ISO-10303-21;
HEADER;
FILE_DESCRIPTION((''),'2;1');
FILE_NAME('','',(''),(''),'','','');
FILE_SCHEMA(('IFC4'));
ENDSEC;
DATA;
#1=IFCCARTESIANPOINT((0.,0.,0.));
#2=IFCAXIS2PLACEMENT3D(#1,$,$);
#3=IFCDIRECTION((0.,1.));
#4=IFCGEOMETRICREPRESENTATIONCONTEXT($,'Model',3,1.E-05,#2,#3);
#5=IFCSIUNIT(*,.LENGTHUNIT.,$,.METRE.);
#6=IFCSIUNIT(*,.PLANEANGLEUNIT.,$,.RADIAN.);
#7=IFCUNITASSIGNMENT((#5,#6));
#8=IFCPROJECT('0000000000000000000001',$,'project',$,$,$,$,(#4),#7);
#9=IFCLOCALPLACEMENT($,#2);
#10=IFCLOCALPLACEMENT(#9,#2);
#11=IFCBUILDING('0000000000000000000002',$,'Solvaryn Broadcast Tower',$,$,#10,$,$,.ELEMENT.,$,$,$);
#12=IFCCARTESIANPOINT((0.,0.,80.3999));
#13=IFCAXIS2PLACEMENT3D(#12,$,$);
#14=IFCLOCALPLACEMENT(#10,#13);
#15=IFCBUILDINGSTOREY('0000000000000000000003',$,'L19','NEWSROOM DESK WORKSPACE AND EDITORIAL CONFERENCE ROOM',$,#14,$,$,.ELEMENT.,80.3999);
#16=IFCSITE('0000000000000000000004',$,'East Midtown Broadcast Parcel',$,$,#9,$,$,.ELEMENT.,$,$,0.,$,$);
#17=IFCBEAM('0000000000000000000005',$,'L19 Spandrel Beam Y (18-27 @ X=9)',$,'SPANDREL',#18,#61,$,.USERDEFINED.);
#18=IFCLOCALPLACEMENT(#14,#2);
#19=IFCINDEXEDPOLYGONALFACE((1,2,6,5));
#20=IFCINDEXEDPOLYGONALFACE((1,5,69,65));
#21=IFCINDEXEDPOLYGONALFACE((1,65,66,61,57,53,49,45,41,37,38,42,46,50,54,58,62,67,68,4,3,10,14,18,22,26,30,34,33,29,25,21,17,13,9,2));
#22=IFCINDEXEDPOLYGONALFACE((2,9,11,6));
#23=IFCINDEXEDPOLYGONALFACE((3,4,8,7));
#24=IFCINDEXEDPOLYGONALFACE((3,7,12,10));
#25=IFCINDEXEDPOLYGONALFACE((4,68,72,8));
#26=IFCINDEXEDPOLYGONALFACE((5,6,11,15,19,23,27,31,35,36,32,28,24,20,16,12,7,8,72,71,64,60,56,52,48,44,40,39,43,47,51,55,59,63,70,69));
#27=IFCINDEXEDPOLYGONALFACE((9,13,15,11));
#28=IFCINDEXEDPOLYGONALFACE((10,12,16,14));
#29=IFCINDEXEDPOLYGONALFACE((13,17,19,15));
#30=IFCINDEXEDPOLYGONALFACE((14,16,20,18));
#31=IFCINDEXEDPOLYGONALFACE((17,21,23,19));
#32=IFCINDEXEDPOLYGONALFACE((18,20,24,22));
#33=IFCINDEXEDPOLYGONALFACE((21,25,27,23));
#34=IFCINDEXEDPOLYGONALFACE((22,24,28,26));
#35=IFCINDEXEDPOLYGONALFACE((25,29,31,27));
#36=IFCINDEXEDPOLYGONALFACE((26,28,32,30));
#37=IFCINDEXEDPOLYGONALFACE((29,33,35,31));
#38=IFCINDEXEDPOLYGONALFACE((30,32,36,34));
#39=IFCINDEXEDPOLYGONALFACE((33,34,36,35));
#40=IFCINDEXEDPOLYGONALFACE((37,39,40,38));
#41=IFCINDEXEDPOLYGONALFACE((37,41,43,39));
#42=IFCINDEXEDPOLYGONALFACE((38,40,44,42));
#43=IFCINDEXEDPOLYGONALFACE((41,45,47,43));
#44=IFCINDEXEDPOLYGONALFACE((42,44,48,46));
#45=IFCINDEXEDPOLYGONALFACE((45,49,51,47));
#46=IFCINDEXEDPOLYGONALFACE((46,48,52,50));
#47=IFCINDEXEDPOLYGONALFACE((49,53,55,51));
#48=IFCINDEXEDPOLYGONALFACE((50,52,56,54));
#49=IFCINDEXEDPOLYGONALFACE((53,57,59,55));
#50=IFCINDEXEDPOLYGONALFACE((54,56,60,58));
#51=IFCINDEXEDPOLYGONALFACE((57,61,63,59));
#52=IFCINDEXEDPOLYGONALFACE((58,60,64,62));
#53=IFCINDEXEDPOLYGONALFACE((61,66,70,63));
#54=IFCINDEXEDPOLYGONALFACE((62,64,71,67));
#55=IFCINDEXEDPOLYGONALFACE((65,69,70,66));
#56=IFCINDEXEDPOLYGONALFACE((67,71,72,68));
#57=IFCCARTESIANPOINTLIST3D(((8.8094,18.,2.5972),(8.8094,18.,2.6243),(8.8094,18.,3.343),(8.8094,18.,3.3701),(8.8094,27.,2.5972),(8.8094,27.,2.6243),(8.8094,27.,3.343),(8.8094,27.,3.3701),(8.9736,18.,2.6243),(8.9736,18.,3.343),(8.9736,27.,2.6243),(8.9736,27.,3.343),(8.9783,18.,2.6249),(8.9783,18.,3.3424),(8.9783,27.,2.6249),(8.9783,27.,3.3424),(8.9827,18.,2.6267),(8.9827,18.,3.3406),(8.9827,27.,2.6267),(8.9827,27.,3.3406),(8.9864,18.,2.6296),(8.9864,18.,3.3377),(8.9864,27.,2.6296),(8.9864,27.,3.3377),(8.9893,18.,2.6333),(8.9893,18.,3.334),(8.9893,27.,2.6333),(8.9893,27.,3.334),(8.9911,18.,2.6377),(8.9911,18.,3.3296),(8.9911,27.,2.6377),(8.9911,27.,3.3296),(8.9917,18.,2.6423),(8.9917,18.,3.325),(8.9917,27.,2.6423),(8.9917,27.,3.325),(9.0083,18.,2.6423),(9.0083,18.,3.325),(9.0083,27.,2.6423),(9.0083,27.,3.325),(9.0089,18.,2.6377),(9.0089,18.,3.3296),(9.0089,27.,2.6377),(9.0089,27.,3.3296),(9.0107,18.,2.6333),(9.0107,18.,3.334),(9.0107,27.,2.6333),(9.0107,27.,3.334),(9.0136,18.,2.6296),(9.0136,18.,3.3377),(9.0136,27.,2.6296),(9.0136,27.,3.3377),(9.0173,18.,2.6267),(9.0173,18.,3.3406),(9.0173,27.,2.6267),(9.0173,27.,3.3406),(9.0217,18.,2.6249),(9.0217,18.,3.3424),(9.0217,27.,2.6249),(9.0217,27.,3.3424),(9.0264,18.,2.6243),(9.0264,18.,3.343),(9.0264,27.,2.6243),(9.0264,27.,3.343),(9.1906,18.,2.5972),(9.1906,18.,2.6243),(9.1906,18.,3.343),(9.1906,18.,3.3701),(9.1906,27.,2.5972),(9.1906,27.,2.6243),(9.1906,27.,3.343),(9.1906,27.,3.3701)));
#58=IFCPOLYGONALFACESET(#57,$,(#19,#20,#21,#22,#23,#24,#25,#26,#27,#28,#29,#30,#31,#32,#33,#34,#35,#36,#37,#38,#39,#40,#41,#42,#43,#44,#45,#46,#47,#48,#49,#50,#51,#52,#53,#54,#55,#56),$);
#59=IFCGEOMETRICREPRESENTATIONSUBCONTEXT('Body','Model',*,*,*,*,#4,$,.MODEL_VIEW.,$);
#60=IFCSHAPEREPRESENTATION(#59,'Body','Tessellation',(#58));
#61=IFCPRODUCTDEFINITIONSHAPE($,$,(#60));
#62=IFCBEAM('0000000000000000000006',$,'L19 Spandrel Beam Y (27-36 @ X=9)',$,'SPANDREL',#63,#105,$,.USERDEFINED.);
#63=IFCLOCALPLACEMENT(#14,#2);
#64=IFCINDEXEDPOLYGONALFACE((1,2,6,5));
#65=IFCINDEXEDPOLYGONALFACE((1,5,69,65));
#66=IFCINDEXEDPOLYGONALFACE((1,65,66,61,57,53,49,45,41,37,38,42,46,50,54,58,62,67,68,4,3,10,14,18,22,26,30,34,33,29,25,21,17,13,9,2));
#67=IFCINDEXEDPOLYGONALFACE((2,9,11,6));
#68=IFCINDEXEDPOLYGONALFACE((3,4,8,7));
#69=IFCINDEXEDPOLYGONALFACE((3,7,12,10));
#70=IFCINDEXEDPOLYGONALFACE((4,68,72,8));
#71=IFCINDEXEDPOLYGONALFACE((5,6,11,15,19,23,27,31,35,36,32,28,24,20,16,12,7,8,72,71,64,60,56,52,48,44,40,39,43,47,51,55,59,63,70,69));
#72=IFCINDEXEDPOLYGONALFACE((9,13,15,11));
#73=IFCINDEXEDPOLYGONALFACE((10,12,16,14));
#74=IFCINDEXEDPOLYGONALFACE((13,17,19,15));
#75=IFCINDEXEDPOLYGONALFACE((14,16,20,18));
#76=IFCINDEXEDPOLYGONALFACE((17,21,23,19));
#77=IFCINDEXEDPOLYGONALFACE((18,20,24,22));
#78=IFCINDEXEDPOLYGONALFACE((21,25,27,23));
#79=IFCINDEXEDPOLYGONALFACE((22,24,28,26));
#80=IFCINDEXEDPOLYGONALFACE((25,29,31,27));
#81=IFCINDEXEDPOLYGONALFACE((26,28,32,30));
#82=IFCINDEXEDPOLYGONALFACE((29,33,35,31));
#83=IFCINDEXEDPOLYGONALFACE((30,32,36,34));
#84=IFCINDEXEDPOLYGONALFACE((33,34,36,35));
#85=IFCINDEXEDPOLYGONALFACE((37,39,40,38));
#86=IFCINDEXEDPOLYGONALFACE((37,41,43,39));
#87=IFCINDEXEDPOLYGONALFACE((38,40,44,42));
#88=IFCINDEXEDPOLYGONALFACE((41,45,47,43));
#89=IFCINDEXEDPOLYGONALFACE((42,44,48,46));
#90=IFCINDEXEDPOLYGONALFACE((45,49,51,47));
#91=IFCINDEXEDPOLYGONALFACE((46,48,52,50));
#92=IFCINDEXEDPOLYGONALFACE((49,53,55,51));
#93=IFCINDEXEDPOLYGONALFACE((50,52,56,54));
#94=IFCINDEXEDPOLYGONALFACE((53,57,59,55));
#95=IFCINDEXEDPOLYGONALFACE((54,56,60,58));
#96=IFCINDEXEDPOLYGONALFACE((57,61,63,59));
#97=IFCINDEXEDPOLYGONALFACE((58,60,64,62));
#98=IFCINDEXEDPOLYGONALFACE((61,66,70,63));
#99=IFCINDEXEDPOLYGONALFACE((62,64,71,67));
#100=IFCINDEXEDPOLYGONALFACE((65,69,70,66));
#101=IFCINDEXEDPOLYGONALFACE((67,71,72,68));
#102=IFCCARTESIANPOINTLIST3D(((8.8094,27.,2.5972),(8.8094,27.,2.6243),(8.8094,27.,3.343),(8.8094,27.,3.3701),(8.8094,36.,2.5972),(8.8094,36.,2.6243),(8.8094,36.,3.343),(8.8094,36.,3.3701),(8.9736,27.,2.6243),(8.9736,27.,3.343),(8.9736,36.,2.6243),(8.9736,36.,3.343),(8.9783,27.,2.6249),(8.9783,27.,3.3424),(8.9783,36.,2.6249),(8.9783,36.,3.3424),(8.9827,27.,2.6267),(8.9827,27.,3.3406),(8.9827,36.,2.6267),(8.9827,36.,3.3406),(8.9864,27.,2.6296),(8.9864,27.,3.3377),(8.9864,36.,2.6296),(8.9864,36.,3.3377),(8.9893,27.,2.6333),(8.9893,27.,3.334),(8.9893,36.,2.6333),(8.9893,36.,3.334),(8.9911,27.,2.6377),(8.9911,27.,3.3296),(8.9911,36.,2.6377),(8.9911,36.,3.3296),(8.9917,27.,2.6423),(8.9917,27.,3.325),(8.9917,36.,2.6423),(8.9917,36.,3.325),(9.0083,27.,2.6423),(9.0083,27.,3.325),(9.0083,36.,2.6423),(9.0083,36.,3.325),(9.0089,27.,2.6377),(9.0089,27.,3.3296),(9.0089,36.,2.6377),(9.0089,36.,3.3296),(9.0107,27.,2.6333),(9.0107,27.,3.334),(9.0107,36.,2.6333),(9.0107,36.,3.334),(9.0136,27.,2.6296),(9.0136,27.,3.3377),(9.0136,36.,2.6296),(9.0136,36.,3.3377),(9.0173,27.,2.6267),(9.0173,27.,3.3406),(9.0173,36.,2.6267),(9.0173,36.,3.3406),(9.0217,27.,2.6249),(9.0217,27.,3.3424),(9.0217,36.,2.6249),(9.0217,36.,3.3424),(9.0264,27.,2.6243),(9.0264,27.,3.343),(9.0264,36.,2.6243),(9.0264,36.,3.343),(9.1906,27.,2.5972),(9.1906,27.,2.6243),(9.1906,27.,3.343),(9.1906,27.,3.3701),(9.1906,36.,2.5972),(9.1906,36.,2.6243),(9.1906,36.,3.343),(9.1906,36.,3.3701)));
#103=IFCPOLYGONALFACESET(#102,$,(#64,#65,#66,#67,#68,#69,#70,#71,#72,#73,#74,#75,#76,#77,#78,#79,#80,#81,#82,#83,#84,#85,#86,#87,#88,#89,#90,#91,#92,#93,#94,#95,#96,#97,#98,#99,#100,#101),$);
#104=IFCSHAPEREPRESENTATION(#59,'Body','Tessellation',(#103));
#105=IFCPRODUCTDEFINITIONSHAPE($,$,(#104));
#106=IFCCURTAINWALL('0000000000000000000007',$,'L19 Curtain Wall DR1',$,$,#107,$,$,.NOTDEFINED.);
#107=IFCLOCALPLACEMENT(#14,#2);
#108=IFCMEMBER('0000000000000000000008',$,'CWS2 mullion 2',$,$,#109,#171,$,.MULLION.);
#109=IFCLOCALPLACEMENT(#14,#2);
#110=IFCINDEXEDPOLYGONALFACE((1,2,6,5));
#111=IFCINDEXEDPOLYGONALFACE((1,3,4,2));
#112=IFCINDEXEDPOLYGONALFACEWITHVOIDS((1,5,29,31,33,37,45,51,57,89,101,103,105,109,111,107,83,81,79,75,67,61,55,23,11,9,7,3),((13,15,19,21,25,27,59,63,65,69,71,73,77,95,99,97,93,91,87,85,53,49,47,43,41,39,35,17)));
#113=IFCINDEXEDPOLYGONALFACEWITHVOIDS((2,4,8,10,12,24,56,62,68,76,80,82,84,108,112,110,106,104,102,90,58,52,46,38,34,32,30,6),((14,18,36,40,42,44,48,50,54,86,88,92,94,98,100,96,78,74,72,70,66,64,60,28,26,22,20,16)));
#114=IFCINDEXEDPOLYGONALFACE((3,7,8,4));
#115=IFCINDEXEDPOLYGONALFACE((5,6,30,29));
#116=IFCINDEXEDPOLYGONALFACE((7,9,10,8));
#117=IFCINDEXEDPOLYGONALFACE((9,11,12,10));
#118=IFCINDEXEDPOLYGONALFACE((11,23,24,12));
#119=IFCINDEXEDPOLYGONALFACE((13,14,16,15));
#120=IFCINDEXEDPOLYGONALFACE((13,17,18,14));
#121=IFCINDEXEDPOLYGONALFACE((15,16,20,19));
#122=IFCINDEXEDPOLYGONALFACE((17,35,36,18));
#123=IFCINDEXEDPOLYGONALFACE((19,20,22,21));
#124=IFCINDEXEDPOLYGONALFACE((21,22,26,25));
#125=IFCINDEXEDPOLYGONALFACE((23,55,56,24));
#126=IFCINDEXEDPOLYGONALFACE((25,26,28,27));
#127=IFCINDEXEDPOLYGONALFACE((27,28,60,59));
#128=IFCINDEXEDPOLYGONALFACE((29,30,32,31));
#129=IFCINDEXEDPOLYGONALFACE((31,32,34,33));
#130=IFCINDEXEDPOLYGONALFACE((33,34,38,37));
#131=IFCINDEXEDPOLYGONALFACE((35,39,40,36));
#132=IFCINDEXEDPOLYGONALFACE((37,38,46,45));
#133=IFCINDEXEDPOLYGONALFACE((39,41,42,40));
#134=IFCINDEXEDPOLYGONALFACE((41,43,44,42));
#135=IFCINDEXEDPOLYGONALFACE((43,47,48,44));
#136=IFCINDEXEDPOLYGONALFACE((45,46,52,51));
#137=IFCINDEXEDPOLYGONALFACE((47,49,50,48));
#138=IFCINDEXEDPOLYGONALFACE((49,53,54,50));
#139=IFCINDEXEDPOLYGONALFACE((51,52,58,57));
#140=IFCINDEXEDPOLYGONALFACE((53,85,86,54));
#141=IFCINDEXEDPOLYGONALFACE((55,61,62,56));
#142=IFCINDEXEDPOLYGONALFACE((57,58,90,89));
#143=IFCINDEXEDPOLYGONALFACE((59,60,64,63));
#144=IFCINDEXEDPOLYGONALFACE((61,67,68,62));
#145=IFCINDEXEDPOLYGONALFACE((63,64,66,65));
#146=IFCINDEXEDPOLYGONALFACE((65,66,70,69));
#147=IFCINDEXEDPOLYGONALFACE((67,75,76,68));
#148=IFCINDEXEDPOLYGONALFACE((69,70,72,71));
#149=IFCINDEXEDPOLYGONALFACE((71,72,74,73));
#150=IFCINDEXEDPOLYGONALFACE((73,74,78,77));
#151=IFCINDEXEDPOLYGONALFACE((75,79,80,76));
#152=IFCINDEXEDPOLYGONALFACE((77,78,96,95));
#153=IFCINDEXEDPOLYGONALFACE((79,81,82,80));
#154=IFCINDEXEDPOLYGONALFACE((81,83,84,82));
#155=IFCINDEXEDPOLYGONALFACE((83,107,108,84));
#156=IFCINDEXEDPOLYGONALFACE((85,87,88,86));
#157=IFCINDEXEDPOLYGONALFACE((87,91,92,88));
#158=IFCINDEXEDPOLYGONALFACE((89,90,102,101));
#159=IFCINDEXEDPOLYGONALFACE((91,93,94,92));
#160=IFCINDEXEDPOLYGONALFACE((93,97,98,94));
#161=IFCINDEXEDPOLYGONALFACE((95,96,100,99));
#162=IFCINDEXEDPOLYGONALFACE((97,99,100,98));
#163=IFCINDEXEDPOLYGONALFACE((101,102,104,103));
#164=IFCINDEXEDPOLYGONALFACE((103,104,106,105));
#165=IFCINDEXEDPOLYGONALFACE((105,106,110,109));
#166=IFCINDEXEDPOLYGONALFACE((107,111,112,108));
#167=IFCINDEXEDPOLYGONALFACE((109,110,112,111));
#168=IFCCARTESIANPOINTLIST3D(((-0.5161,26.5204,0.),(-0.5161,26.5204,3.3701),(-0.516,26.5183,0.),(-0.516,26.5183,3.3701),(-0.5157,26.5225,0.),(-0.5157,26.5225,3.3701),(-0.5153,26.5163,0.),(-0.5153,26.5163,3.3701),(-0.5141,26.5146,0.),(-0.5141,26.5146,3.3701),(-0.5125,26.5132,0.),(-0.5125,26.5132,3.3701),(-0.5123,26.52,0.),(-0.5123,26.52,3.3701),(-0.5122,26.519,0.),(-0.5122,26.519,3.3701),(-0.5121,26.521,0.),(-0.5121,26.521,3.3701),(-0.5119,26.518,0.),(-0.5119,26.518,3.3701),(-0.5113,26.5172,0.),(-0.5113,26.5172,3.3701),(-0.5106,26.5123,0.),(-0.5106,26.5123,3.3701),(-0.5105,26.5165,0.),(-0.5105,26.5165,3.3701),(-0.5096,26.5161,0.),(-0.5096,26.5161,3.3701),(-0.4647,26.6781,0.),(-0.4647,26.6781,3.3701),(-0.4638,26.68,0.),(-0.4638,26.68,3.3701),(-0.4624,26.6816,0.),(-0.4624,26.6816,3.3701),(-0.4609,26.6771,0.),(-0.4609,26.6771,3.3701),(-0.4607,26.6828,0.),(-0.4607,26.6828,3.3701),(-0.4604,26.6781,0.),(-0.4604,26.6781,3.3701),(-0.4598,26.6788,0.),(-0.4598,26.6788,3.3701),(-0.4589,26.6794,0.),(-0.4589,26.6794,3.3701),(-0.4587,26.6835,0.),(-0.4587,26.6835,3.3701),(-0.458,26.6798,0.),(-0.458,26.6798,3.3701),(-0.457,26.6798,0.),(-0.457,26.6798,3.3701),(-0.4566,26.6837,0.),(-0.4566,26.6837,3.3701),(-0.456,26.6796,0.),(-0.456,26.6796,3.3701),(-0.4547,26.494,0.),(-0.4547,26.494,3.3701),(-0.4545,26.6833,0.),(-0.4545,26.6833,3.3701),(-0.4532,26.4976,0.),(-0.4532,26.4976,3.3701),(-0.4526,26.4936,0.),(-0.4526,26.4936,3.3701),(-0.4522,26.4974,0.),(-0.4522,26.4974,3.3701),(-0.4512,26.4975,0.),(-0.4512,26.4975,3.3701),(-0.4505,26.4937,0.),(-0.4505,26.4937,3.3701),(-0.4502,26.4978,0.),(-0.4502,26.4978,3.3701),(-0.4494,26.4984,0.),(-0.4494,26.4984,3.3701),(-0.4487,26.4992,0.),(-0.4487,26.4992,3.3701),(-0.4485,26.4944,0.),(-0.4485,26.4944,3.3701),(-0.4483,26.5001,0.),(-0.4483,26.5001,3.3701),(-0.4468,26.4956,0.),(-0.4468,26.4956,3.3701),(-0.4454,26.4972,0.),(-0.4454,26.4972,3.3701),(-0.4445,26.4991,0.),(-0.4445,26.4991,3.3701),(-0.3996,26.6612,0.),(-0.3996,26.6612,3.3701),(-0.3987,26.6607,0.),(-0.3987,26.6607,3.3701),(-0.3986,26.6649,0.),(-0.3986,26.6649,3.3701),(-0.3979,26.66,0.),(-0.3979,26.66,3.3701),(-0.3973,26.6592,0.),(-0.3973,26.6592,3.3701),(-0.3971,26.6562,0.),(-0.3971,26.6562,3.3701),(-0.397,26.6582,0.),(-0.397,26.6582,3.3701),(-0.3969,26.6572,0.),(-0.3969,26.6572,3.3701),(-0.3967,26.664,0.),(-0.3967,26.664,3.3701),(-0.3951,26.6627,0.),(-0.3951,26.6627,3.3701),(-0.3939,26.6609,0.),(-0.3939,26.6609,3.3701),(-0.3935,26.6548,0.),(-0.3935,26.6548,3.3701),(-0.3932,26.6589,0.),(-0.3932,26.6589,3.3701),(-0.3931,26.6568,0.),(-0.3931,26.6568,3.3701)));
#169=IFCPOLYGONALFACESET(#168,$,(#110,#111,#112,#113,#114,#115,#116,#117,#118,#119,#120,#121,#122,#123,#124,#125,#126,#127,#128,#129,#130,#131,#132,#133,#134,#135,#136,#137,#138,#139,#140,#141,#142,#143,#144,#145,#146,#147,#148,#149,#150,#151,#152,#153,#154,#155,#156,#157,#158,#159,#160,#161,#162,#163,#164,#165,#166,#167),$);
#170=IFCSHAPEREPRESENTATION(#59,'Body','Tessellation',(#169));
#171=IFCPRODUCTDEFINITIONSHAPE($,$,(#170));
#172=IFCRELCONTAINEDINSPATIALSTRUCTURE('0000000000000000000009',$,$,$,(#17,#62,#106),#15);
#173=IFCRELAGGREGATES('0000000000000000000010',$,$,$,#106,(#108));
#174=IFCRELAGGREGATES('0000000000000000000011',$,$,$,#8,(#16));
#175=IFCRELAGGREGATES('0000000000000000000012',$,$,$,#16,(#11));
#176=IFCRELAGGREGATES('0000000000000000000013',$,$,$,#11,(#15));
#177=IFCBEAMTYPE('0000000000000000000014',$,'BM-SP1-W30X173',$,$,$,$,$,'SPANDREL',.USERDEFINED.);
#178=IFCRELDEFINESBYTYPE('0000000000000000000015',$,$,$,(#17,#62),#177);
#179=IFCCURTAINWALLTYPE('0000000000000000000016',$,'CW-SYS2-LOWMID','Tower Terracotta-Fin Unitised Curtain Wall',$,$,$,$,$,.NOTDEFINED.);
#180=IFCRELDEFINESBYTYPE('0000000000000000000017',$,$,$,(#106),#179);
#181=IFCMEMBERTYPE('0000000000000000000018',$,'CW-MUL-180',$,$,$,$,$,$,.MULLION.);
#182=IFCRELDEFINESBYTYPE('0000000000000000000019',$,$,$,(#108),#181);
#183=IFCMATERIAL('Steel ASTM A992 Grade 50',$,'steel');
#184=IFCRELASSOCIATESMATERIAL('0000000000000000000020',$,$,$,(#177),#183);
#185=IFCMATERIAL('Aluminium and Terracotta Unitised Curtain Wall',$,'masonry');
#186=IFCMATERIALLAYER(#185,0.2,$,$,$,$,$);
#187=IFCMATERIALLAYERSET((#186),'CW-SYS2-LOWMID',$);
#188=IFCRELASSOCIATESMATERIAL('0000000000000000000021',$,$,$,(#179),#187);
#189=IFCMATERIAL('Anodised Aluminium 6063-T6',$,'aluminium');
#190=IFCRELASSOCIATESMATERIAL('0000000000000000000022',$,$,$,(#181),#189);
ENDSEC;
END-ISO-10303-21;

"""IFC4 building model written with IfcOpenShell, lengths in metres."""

from ifc_helpers import new_model, si_unit, direction, frame, origin, origin_2d, place, context, subcontext, project, spatial, hollow_rectangle, i_section, extrude, material, layer, layer_set, material_profile, profile_set, type_object, element, aggregate, save


model = new_model("IFC4")

# Units and contexts
model_context = context("Model", 3, precision=1e-05, world=origin(), true_north=direction((0.0, 1.0)))
body_context = subcontext(model_context, "Body", "Model", "MODEL_VIEW")
ifc_project = project(units=[si_unit("LENGTHUNIT", "METRE"), si_unit("PLANEANGLEUNIT", "RADIAN")], contexts=[model_context])

# Site, building, storey
site_placement = place(None, origin())
site = spatial("IfcSite", under=ifc_project, at=site_placement, Name="East Midtown Broadcast Parcel", CompositionType="ELEMENT", RefElevation=0.0)
building_placement = place(site_placement, origin())
building = spatial("IfcBuilding", under=site, at=building_placement, Name="Solvaryn Broadcast Tower", CompositionType="ELEMENT")
storey_placement = place(building_placement, frame((0.0, 0.0, 80.3999)))
storey = spatial("IfcBuildingStorey", under=building, at=storey_placement, Name="L19", Description="NEWSROOM DESK WORKSPACE AND EDITORIAL CONFERENCE ROOM", CompositionType="ELEMENT", Elevation=80.3999)

# Beams
ifc_material_1 = material(Name="Steel ASTM A992 Grade 50", Category="steel")
ifc_material_profile_1 = material_profile(ifc_material_1, i_section(OverallWidth=0.3811, OverallDepth=0.7729, WebThickness=0.0166, FlangeThickness=0.0271, FilletRadius=0.0181, at=origin_2d()))
ifc_profile_set_1 = profile_set([ifc_material_profile_1], Name="Steel ASTM A992 Grade 50")
beam_type_1 = type_object("IfcBeamType", Name="BM-SP1-W30X173", ElementType="SPANDREL", PredefinedType="USERDEFINED", material=ifc_profile_set_1)
for number, where, z_axis, x_axis, name in (
    (1, (9.0, 18.0, 2.9836), (0.0, 1.0, 0.0), (-1.0, 0.0, 0.0), "L19 Spandrel Beam Y (18-27 @ X=9)"),
    (2, (9.0, 27.0, 2.9836), (0.0, 1.0, 0.0), (-1.0, 0.0, 0.0), "L19 Spandrel Beam Y (27-36 @ X=9)"),
):
    element("IfcBeam", number, at=place(storey_placement, frame(where, z_axis=z_axis, x_axis=x_axis)), inside=storey, type_object=beam_type_1, Name=name, ObjectType="SPANDREL", PredefinedType="USERDEFINED", context=body_context, shape_type="SweptSolid", body=[
        extrude(i_section(OverallWidth=0.3811, OverallDepth=0.7729, WebThickness=0.0166, FlangeThickness=0.0271, FilletRadius=0.0181, at=origin_2d()), origin(), (0.0, 0.0, 1.0), 9.0),
    ])

# Curtain wall, member
ifc_material_2 = material(Name="Aluminium and Terracotta Unitised Curtain Wall", Category="masonry")
ifc_layer_1 = layer(ifc_material_2, 0.2)
ifc_layer_set_1 = layer_set([ifc_layer_1], Name="CW-SYS2-LOWMID")
curtain_wall_type_1 = type_object("IfcCurtainWallType", Name="CW-SYS2-LOWMID", Description="Tower Terracotta-Fin Unitised Curtain Wall", PredefinedType="NOTDEFINED", material=ifc_layer_set_1)
curtain_wall_1_placement = place(storey_placement, origin())
curtain_wall_1 = element("IfcCurtainWall", 3, at=curtain_wall_1_placement, inside=storey, type_object=curtain_wall_type_1, Name="L19 Curtain Wall DR1", PredefinedType="NOTDEFINED")
ifc_material_3 = material(Name="Anodised Aluminium 6063-T6", Category="aluminium")
ifc_material_profile_2 = material_profile(ifc_material_3, hollow_rectangle(XDim=0.075, YDim=0.1799, WallThickness=0.0039, InnerFilletRadius=0.0039, OuterFilletRadius=0.0081, at=origin_2d()))
ifc_profile_set_2 = profile_set([ifc_material_profile_2], Name="Anodised Aluminium 6063-T6")
member_type_1 = type_object("IfcMemberType", Name="CW-MUL-180", PredefinedType="MULLION", material=ifc_profile_set_2)
member_1_placement = place(storey_placement, frame((-0.4546, 26.5886, 0.0), z_axis=(0.0, 0.0, 1.0), x_axis=(0.950215, -0.311594, 0.0)))
member_1 = element("IfcMember", 4, at=member_1_placement, type_object=member_type_1, Name="CWS2 mullion 2", PredefinedType="MULLION", context=body_context, shape_type="SweptSolid", body=[
    extrude(hollow_rectangle(XDim=0.075, YDim=0.1799, WallThickness=0.0039, InnerFilletRadius=0.0039, OuterFilletRadius=0.0081, at=origin_2d()), origin(), (0.0, 0.0, 1.0), 3.3701),
])
aggregate(curtain_wall_1, [member_1])

save(model, "model.ifc")
